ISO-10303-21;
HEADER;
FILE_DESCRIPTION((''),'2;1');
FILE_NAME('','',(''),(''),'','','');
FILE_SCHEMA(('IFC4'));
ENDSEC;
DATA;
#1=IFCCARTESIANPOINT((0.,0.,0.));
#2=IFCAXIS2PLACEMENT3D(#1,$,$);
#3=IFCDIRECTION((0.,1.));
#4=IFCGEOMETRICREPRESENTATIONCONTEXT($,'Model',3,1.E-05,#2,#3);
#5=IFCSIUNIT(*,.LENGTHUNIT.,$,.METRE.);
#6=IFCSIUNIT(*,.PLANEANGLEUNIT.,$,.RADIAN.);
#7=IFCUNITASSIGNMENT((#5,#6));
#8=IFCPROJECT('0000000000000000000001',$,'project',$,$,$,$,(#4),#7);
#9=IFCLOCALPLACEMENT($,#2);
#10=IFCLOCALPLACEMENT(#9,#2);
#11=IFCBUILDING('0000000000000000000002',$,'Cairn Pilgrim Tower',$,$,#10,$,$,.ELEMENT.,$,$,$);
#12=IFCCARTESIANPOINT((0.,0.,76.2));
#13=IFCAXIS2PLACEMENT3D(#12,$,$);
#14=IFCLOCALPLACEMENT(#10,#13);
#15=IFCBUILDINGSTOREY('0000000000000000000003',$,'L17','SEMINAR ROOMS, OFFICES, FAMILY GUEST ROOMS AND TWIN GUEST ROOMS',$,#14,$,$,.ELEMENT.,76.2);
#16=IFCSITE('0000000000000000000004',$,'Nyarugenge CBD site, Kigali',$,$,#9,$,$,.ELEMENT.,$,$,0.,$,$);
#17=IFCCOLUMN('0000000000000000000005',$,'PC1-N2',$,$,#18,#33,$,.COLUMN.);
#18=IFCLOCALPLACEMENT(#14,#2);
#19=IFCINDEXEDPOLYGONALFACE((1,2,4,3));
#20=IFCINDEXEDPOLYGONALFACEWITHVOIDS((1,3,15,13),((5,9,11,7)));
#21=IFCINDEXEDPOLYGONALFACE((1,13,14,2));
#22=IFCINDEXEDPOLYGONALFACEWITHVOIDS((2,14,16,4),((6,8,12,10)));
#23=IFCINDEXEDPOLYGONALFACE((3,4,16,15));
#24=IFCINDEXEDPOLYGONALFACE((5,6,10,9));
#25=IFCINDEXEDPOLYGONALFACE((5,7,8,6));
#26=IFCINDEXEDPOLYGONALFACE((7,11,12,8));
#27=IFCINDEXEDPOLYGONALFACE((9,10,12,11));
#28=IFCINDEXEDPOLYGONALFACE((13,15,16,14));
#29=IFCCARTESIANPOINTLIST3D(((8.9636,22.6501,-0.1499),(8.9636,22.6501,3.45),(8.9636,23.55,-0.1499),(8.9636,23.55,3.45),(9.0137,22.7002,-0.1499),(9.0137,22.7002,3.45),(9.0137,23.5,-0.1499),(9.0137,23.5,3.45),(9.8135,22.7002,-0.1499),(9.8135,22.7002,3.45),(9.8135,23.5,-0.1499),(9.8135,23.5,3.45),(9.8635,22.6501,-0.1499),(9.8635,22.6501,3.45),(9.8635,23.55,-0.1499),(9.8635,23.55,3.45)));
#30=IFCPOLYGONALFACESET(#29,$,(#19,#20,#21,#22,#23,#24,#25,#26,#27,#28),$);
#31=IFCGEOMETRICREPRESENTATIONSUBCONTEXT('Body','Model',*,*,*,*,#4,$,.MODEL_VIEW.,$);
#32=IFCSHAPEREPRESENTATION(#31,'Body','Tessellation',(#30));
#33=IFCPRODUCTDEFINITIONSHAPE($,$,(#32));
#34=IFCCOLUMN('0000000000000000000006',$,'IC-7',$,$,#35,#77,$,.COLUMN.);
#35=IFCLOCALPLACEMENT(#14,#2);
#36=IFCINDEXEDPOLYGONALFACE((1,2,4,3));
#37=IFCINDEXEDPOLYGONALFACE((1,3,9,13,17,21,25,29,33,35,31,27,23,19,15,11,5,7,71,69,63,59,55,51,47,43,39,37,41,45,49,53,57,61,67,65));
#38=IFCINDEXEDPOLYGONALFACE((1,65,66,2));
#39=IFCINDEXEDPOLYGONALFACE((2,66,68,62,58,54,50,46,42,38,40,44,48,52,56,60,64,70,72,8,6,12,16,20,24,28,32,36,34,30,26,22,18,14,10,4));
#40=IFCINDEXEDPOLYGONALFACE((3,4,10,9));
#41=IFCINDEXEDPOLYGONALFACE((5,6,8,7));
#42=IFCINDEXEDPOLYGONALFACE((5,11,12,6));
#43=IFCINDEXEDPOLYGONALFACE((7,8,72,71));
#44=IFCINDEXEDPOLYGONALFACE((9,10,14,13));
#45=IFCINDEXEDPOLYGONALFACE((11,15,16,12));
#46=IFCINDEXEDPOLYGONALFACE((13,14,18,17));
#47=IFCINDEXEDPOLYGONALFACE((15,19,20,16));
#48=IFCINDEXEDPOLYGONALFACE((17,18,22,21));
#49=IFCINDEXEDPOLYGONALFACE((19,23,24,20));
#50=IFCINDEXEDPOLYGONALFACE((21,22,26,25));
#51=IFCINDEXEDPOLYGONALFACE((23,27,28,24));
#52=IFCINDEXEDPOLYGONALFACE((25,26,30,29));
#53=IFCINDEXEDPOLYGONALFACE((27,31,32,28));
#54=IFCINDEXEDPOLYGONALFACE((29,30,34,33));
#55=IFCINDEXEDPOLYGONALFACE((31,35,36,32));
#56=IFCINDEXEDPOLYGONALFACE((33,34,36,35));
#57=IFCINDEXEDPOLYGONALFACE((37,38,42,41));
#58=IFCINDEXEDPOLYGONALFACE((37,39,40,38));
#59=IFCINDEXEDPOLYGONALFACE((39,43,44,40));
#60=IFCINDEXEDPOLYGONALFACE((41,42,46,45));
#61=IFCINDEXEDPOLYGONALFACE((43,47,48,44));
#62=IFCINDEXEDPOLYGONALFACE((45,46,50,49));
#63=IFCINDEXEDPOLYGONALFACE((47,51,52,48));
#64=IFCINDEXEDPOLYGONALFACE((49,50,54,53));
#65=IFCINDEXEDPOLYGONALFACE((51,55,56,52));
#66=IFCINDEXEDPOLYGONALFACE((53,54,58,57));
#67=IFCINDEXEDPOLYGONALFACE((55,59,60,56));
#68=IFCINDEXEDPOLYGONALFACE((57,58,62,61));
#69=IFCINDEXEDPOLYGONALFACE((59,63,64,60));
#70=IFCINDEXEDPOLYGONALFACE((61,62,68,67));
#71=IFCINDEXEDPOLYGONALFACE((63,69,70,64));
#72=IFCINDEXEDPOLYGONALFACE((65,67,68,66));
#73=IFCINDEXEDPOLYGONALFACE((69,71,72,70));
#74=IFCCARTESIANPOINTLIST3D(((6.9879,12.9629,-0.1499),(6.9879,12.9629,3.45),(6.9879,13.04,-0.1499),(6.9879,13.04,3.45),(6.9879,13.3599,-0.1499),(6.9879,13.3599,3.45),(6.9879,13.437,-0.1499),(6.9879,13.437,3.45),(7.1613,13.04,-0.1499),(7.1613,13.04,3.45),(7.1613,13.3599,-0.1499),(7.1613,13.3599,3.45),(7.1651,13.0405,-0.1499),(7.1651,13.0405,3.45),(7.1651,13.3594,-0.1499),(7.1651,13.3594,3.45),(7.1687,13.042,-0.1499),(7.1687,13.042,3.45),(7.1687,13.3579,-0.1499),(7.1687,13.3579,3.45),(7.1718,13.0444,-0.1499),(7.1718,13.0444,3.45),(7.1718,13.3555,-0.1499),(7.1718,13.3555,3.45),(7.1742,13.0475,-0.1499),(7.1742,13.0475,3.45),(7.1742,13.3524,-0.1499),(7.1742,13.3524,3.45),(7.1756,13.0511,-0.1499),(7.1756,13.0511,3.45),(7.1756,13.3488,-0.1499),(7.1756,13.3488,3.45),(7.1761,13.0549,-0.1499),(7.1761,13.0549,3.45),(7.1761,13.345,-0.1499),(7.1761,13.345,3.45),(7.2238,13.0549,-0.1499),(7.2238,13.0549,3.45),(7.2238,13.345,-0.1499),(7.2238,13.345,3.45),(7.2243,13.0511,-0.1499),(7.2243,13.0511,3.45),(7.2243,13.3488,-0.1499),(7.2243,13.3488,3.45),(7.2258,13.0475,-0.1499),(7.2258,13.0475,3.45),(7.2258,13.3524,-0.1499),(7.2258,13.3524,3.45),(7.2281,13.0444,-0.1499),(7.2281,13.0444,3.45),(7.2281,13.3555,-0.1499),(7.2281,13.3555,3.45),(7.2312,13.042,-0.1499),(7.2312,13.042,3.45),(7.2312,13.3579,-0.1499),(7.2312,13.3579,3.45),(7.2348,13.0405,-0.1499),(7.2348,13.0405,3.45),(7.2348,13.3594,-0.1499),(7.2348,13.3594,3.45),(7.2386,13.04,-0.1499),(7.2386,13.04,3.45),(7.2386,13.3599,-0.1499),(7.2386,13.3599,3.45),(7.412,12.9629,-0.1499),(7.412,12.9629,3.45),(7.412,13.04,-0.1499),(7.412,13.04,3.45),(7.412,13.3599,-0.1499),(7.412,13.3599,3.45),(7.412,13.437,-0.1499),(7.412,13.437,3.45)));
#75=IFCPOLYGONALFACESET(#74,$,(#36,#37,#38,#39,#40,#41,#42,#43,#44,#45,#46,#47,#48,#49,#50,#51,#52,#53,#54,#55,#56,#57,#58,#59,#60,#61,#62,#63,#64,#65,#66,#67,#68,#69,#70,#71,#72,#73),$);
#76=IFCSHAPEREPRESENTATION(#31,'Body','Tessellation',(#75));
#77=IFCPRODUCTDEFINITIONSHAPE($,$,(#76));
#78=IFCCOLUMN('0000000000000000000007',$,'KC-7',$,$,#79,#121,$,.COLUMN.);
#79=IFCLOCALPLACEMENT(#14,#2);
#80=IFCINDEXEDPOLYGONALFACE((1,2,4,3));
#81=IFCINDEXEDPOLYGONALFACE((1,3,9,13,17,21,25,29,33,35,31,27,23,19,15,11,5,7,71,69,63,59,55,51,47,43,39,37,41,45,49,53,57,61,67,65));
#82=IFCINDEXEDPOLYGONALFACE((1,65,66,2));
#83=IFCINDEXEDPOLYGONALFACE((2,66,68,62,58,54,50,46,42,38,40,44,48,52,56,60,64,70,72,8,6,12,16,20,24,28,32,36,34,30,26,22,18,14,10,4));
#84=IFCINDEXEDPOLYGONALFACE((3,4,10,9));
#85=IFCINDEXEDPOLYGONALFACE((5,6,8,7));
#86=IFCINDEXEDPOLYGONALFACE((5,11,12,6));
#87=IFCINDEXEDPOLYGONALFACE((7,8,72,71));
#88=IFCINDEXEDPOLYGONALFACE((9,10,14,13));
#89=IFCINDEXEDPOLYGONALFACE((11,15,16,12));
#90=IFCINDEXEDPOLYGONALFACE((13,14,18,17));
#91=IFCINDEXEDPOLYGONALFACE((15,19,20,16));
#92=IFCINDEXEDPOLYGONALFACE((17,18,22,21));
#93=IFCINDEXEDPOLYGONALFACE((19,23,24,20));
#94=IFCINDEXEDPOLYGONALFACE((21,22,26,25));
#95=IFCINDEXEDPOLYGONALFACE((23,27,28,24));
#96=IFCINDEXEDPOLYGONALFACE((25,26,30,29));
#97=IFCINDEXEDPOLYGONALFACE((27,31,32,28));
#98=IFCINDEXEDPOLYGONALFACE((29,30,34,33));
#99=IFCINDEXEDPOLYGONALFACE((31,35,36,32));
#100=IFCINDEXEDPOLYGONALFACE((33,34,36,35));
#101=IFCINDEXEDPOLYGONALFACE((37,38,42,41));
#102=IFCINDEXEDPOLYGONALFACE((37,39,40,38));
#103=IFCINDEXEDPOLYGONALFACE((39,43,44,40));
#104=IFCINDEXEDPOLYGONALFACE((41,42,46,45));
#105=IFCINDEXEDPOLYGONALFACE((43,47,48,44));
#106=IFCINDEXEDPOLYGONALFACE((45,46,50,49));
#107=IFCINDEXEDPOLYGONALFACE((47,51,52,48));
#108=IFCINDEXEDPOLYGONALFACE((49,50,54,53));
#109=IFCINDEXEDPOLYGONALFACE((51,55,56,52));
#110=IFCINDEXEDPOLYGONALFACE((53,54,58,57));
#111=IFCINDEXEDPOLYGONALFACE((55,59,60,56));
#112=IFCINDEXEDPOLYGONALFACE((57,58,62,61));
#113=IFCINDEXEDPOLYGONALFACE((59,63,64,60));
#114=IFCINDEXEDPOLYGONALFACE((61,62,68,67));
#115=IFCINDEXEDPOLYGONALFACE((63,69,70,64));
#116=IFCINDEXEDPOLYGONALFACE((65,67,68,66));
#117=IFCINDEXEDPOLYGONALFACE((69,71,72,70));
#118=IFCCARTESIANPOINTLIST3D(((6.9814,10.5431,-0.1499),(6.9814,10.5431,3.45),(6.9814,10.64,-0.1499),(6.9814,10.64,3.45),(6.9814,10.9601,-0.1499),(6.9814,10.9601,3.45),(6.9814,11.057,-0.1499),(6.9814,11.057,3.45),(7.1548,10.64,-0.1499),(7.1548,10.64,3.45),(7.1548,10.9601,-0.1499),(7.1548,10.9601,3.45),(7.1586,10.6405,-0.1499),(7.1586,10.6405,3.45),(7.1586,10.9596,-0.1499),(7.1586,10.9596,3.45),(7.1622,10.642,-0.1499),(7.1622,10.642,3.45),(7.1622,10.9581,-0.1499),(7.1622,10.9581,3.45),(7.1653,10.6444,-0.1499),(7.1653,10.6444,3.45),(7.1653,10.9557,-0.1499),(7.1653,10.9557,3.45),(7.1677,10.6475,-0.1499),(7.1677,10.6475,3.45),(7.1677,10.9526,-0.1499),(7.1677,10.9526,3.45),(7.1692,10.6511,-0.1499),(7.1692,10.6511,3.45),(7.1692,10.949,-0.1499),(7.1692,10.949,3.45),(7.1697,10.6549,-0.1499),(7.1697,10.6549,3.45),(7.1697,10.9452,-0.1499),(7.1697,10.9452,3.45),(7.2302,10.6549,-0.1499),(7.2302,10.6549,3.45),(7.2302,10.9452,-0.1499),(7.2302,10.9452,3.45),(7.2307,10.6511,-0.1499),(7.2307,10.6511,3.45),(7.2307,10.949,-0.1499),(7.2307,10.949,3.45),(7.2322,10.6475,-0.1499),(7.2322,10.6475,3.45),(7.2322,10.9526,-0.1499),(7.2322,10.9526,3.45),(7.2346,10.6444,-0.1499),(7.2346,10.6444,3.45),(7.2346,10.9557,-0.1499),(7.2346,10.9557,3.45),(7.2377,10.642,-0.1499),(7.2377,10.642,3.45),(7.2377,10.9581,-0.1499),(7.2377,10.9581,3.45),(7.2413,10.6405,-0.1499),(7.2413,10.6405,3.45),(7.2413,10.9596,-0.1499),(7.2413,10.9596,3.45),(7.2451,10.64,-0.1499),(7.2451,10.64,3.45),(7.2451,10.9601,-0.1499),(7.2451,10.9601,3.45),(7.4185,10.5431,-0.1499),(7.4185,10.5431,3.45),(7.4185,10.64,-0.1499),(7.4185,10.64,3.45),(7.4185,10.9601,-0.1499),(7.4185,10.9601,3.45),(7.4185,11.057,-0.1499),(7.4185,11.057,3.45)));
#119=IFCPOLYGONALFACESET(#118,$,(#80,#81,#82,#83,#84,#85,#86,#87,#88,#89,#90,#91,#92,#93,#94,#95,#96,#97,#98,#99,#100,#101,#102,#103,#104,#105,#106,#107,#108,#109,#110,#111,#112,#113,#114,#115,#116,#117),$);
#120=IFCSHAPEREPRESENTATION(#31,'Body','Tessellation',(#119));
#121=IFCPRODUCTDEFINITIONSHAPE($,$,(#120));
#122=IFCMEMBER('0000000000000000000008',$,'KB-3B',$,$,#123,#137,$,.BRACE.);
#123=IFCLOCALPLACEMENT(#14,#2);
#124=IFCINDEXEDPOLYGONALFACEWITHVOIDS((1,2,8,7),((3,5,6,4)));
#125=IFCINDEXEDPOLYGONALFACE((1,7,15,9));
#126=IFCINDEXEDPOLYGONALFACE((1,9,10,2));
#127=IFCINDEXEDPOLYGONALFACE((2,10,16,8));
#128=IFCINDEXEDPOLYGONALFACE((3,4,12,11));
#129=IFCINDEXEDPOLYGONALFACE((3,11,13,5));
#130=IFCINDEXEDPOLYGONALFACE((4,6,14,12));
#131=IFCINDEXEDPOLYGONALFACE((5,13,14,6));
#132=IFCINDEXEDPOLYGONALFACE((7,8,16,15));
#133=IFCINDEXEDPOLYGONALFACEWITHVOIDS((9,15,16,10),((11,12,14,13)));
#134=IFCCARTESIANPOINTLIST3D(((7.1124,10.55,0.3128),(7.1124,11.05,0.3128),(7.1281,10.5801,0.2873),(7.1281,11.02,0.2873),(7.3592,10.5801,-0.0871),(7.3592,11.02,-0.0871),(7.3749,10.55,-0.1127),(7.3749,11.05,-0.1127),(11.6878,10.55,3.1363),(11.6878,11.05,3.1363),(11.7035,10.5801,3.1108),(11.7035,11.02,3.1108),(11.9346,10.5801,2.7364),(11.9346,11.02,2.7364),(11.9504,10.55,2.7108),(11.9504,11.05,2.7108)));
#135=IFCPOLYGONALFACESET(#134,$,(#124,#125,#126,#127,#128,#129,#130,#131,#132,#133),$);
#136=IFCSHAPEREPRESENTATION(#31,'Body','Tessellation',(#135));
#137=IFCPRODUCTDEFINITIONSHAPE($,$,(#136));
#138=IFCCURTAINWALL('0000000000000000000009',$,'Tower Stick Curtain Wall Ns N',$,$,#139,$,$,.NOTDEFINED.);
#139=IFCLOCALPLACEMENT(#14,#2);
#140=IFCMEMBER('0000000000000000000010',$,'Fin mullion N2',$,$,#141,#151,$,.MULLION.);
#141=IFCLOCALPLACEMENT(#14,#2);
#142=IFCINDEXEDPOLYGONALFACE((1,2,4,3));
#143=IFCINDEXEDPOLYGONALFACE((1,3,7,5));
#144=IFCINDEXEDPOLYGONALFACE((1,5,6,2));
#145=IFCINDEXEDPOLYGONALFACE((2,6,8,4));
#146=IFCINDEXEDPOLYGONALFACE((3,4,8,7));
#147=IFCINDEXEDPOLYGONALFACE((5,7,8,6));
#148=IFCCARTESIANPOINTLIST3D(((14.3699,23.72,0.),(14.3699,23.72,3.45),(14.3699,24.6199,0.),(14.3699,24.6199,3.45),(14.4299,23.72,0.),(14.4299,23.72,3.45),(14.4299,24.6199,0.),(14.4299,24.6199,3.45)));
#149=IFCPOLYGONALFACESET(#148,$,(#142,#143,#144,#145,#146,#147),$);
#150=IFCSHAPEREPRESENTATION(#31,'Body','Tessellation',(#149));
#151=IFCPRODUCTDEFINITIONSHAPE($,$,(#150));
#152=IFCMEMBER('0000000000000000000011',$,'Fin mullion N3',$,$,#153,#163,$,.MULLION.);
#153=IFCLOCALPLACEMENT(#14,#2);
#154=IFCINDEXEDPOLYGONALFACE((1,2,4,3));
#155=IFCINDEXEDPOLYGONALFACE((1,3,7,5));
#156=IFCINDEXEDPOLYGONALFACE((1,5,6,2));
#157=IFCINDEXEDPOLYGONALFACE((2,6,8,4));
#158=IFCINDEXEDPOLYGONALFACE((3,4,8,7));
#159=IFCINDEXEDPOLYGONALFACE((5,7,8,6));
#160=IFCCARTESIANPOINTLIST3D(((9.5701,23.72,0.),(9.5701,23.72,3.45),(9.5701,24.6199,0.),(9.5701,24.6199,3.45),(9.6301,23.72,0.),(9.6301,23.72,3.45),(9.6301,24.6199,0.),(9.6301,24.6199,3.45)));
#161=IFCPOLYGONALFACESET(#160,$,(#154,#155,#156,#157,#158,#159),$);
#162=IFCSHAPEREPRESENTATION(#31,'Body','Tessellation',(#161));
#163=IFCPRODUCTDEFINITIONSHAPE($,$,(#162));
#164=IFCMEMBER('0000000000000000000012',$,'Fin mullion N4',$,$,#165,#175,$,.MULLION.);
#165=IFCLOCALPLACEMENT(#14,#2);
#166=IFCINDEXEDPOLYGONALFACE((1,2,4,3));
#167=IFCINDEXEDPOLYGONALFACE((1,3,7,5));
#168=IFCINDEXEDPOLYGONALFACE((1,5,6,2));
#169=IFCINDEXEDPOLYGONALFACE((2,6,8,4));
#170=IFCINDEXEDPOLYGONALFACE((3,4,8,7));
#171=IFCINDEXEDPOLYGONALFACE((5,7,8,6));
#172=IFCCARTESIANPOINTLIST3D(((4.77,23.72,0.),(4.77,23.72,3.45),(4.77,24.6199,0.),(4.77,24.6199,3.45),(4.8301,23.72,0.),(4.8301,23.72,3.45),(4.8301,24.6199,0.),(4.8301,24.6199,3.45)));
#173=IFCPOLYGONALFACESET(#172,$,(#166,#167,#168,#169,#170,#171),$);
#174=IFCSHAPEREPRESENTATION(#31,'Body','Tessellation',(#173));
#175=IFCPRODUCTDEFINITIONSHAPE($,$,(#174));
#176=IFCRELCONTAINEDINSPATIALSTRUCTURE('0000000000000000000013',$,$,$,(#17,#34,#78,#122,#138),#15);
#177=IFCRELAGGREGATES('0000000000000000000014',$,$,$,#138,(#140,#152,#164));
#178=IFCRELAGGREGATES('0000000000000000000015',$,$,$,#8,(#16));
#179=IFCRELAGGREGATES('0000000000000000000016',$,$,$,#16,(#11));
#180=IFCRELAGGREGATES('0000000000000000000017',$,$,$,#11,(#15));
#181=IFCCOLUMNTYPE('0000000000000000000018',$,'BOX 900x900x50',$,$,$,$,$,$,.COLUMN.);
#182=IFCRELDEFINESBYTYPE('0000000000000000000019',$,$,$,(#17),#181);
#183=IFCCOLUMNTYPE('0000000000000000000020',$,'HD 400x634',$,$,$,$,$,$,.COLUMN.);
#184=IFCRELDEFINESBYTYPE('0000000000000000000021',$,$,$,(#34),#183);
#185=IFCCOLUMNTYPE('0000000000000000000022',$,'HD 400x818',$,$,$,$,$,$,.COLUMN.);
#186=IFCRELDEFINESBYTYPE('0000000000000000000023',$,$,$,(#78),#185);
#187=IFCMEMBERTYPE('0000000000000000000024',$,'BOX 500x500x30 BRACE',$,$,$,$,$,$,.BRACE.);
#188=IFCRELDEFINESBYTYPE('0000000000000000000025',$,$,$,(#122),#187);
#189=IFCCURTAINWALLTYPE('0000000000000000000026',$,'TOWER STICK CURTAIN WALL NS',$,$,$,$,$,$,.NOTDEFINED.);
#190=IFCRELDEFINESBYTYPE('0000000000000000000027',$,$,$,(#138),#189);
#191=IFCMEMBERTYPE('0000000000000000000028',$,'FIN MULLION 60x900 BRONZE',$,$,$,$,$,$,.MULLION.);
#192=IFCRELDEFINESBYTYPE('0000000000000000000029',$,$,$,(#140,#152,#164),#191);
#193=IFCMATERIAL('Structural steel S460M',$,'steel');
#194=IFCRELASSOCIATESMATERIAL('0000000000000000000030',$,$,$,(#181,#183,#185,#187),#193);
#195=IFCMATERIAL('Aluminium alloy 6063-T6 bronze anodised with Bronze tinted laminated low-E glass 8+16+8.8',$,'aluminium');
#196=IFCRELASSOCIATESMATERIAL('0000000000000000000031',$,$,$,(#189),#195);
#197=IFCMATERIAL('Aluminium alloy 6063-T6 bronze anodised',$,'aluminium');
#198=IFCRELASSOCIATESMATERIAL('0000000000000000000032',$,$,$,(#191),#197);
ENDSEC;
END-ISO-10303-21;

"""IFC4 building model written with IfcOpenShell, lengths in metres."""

from ifc_helpers import new_model, si_unit, direction, frame, origin, origin_2d, place, context, subcontext, project, spatial, rectangle, hollow_rectangle, i_section, extrude, material, material_profile, profile_set, type_object, element, aggregate, save


model = new_model("IFC4")

# Units and contexts
model_context = context("Model", 3, precision=1e-05, world=origin(), true_north=direction((0.0, 1.0)))
body_context = subcontext(model_context, "Body", "Model", "MODEL_VIEW")
ifc_project = project(units=[si_unit("LENGTHUNIT", "METRE"), si_unit("PLANEANGLEUNIT", "RADIAN")], contexts=[model_context])

# Site, building, storey
site_placement = place(None, origin())
site = spatial("IfcSite", under=ifc_project, at=site_placement, Name="Nyarugenge CBD site, Kigali", CompositionType="ELEMENT", RefElevation=0.0)
building_placement = place(site_placement, origin())
building = spatial("IfcBuilding", under=site, at=building_placement, Name="Cairn Pilgrim Tower", CompositionType="ELEMENT")
storey_placement = place(building_placement, frame((0.0, 0.0, 76.2)))
storey = spatial("IfcBuildingStorey", under=building, at=storey_placement, Name="L17", Description="SEMINAR ROOMS, OFFICES, FAMILY GUEST ROOMS AND TWIN GUEST ROOMS", CompositionType="ELEMENT", Elevation=76.2)

# Columns
ifc_material_1 = material(Name="Structural steel S460M", Category="steel")
ifc_material_profile_1 = material_profile(ifc_material_1, hollow_rectangle(XDim=0.8999, YDim=0.8999, WallThickness=0.05, at=origin_2d()), Name="BOX 900x900x50")
ifc_profile_set_1 = profile_set([ifc_material_profile_1], Name="Structural steel S460M")
column_type_1 = type_object("IfcColumnType", Name="BOX 900x900x50", PredefinedType="COLUMN", material=ifc_profile_set_1)
column_1_placement = place(storey_placement, frame((9.4136, 23.1001, -0.1499), z_axis=(0.0, 0.0, 1.0), x_axis=(1.0, 0.0, 0.0)))
element("IfcColumn", 1, at=column_1_placement, inside=storey, type_object=column_type_1, Name="PC1-N2", PredefinedType="COLUMN", context=body_context, shape_type="SweptSolid", body=[
    extrude(hollow_rectangle(XDim=0.8999, YDim=0.8999, WallThickness=0.05, at=origin_2d()), origin(), (0.0, 0.0, 1.0), 3.5999),
])
ifc_material_profile_2 = material_profile(ifc_material_1, i_section(OverallWidth=0.4241, OverallDepth=0.4741, WebThickness=0.0476, FlangeThickness=0.0771, FilletRadius=0.0149, at=origin_2d()), Name="HD 400x634")
ifc_profile_set_2 = profile_set([ifc_material_profile_2], Name="Structural steel S460M")
column_type_2 = type_object("IfcColumnType", Name="HD 400x634", PredefinedType="COLUMN", material=ifc_profile_set_2)
column_2_placement = place(storey_placement, frame((7.2, 13.2, -0.1499), z_axis=(0.0, 0.0, 1.0), x_axis=(1.0, 0.0, 0.0)))
element("IfcColumn", 2, at=column_2_placement, inside=storey, type_object=column_type_2, Name="IC-7", PredefinedType="COLUMN", context=body_context, shape_type="SweptSolid", body=[
    extrude(i_section(OverallWidth=0.4241, OverallDepth=0.4741, WebThickness=0.0476, FlangeThickness=0.0771, FilletRadius=0.0149, at=origin_2d()), origin(), (0.0, 0.0, 1.0), 3.5999),
])
ifc_material_profile_3 = material_profile(ifc_material_1, i_section(OverallWidth=0.437, OverallDepth=0.5139, WebThickness=0.0605, FlangeThickness=0.0969, FilletRadius=0.0149, at=origin_2d()), Name="HD 400x818")
ifc_profile_set_3 = profile_set([ifc_material_profile_3], Name="Structural steel S460M")
column_type_3 = type_object("IfcColumnType", Name="HD 400x818", PredefinedType="COLUMN", material=ifc_profile_set_3)
column_3_placement = place(storey_placement, frame((7.2, 10.8, -0.1499), z_axis=(0.0, 0.0, 1.0), x_axis=(1.0, 0.0, 0.0)))
element("IfcColumn", 3, at=column_3_placement, inside=storey, type_object=column_type_3, Name="KC-7", PredefinedType="COLUMN", context=body_context, shape_type="SweptSolid", body=[
    extrude(i_section(OverallWidth=0.437, OverallDepth=0.5139, WebThickness=0.0605, FlangeThickness=0.0969, FilletRadius=0.0149, at=origin_2d()), origin(), (0.0, 0.0, 1.0), 3.5999),
])

# Member
ifc_material_profile_4 = material_profile(ifc_material_1, hollow_rectangle(XDim=0.5, YDim=0.5, WallThickness=0.03, at=origin_2d()), Name="BOX 500x500x30")
ifc_profile_set_4 = profile_set([ifc_material_profile_4], Name="Structural steel S460M")
member_type_1 = type_object("IfcMemberType", Name="BOX 500x500x30 BRACE", PredefinedType="BRACE", material=ifc_profile_set_4)
member_1_placement = place(storey_placement, frame((7.2437, 10.8, 0.1001), z_axis=(0.851008, 0.0, 0.525154), x_axis=(0.0, 1.0, 0.0)))
element("IfcMember", 4, at=member_1_placement, inside=storey, type_object=member_type_1, Name="KB-3B", PredefinedType="BRACE", context=body_context, shape_type="SweptSolid", body=[
    extrude(hollow_rectangle(XDim=0.5, YDim=0.5, WallThickness=0.03, at=origin_2d()), origin(), (0.0, 0.0, 1.0), 5.3765),
])

# Curtain wall, members
ifc_material_2 = material(Name="Aluminium alloy 6063-T6 bronze anodised with Bronze tinted laminated low-E glass 8+16+8.8", Category="aluminium")
curtain_wall_type = type_object("IfcCurtainWallType", Name="TOWER STICK CURTAIN WALL NS", PredefinedType="NOTDEFINED", material=ifc_material_2)
curtain_wall_placement = place(storey_placement, origin())
curtain_wall = element("IfcCurtainWall", 5, at=curtain_wall_placement, inside=storey, type_object=curtain_wall_type, Name="Tower Stick Curtain Wall Ns N", PredefinedType="NOTDEFINED")
ifc_material_3 = material(Name="Aluminium alloy 6063-T6 bronze anodised", Category="aluminium")
ifc_material_profile_5 = material_profile(ifc_material_3, rectangle(XDim=0.8999, YDim=0.0601, at=origin_2d()), Name="FIN MULLION 60x900 BRONZE")
ifc_profile_set_5 = profile_set([ifc_material_profile_5], Name="Aluminium alloy 6063-T6 bronze anodised")
member_type_2 = type_object("IfcMemberType", Name="FIN MULLION 60x900 BRONZE", PredefinedType="MULLION", material=ifc_profile_set_5)
member_2_placement = place(storey_placement, frame((14.3999, 24.1699, 0.0), z_axis=(0.0, 0.0, 1.0), x_axis=(0.0, 1.0, 0.0)))
member_2 = element("IfcMember", 6, at=member_2_placement, type_object=member_type_2, Name="Fin mullion N2", PredefinedType="MULLION", context=body_context, shape_type="SweptSolid", body=[
    extrude(rectangle(XDim=0.8999, YDim=0.0601, at=origin_2d()), origin(), (0.0, 0.0, 1.0), 3.45),
])
member_3_placement = place(storey_placement, frame((9.6001, 24.1699, 0.0), z_axis=(0.0, 0.0, 1.0), x_axis=(0.0, 1.0, 0.0)))
member_3 = element("IfcMember", 7, at=member_3_placement, type_object=member_type_2, Name="Fin mullion N3", PredefinedType="MULLION", context=body_context, shape_type="SweptSolid", body=[
    extrude(rectangle(XDim=0.8999, YDim=0.0601, at=origin_2d()), origin(), (0.0, 0.0, 1.0), 3.45),
])
member_4_placement = place(storey_placement, frame((4.8, 24.1699, 0.0), z_axis=(0.0, 0.0, 1.0), x_axis=(0.0, 1.0, 0.0)))
member_4 = element("IfcMember", 8, at=member_4_placement, type_object=member_type_2, Name="Fin mullion N4", PredefinedType="MULLION", context=body_context, shape_type="SweptSolid", body=[
    extrude(rectangle(XDim=0.8999, YDim=0.0601, at=origin_2d()), origin(), (0.0, 0.0, 1.0), 3.45),
])

aggregate(curtain_wall, [member_2, member_3, member_4])

save(model, "model.ifc")
